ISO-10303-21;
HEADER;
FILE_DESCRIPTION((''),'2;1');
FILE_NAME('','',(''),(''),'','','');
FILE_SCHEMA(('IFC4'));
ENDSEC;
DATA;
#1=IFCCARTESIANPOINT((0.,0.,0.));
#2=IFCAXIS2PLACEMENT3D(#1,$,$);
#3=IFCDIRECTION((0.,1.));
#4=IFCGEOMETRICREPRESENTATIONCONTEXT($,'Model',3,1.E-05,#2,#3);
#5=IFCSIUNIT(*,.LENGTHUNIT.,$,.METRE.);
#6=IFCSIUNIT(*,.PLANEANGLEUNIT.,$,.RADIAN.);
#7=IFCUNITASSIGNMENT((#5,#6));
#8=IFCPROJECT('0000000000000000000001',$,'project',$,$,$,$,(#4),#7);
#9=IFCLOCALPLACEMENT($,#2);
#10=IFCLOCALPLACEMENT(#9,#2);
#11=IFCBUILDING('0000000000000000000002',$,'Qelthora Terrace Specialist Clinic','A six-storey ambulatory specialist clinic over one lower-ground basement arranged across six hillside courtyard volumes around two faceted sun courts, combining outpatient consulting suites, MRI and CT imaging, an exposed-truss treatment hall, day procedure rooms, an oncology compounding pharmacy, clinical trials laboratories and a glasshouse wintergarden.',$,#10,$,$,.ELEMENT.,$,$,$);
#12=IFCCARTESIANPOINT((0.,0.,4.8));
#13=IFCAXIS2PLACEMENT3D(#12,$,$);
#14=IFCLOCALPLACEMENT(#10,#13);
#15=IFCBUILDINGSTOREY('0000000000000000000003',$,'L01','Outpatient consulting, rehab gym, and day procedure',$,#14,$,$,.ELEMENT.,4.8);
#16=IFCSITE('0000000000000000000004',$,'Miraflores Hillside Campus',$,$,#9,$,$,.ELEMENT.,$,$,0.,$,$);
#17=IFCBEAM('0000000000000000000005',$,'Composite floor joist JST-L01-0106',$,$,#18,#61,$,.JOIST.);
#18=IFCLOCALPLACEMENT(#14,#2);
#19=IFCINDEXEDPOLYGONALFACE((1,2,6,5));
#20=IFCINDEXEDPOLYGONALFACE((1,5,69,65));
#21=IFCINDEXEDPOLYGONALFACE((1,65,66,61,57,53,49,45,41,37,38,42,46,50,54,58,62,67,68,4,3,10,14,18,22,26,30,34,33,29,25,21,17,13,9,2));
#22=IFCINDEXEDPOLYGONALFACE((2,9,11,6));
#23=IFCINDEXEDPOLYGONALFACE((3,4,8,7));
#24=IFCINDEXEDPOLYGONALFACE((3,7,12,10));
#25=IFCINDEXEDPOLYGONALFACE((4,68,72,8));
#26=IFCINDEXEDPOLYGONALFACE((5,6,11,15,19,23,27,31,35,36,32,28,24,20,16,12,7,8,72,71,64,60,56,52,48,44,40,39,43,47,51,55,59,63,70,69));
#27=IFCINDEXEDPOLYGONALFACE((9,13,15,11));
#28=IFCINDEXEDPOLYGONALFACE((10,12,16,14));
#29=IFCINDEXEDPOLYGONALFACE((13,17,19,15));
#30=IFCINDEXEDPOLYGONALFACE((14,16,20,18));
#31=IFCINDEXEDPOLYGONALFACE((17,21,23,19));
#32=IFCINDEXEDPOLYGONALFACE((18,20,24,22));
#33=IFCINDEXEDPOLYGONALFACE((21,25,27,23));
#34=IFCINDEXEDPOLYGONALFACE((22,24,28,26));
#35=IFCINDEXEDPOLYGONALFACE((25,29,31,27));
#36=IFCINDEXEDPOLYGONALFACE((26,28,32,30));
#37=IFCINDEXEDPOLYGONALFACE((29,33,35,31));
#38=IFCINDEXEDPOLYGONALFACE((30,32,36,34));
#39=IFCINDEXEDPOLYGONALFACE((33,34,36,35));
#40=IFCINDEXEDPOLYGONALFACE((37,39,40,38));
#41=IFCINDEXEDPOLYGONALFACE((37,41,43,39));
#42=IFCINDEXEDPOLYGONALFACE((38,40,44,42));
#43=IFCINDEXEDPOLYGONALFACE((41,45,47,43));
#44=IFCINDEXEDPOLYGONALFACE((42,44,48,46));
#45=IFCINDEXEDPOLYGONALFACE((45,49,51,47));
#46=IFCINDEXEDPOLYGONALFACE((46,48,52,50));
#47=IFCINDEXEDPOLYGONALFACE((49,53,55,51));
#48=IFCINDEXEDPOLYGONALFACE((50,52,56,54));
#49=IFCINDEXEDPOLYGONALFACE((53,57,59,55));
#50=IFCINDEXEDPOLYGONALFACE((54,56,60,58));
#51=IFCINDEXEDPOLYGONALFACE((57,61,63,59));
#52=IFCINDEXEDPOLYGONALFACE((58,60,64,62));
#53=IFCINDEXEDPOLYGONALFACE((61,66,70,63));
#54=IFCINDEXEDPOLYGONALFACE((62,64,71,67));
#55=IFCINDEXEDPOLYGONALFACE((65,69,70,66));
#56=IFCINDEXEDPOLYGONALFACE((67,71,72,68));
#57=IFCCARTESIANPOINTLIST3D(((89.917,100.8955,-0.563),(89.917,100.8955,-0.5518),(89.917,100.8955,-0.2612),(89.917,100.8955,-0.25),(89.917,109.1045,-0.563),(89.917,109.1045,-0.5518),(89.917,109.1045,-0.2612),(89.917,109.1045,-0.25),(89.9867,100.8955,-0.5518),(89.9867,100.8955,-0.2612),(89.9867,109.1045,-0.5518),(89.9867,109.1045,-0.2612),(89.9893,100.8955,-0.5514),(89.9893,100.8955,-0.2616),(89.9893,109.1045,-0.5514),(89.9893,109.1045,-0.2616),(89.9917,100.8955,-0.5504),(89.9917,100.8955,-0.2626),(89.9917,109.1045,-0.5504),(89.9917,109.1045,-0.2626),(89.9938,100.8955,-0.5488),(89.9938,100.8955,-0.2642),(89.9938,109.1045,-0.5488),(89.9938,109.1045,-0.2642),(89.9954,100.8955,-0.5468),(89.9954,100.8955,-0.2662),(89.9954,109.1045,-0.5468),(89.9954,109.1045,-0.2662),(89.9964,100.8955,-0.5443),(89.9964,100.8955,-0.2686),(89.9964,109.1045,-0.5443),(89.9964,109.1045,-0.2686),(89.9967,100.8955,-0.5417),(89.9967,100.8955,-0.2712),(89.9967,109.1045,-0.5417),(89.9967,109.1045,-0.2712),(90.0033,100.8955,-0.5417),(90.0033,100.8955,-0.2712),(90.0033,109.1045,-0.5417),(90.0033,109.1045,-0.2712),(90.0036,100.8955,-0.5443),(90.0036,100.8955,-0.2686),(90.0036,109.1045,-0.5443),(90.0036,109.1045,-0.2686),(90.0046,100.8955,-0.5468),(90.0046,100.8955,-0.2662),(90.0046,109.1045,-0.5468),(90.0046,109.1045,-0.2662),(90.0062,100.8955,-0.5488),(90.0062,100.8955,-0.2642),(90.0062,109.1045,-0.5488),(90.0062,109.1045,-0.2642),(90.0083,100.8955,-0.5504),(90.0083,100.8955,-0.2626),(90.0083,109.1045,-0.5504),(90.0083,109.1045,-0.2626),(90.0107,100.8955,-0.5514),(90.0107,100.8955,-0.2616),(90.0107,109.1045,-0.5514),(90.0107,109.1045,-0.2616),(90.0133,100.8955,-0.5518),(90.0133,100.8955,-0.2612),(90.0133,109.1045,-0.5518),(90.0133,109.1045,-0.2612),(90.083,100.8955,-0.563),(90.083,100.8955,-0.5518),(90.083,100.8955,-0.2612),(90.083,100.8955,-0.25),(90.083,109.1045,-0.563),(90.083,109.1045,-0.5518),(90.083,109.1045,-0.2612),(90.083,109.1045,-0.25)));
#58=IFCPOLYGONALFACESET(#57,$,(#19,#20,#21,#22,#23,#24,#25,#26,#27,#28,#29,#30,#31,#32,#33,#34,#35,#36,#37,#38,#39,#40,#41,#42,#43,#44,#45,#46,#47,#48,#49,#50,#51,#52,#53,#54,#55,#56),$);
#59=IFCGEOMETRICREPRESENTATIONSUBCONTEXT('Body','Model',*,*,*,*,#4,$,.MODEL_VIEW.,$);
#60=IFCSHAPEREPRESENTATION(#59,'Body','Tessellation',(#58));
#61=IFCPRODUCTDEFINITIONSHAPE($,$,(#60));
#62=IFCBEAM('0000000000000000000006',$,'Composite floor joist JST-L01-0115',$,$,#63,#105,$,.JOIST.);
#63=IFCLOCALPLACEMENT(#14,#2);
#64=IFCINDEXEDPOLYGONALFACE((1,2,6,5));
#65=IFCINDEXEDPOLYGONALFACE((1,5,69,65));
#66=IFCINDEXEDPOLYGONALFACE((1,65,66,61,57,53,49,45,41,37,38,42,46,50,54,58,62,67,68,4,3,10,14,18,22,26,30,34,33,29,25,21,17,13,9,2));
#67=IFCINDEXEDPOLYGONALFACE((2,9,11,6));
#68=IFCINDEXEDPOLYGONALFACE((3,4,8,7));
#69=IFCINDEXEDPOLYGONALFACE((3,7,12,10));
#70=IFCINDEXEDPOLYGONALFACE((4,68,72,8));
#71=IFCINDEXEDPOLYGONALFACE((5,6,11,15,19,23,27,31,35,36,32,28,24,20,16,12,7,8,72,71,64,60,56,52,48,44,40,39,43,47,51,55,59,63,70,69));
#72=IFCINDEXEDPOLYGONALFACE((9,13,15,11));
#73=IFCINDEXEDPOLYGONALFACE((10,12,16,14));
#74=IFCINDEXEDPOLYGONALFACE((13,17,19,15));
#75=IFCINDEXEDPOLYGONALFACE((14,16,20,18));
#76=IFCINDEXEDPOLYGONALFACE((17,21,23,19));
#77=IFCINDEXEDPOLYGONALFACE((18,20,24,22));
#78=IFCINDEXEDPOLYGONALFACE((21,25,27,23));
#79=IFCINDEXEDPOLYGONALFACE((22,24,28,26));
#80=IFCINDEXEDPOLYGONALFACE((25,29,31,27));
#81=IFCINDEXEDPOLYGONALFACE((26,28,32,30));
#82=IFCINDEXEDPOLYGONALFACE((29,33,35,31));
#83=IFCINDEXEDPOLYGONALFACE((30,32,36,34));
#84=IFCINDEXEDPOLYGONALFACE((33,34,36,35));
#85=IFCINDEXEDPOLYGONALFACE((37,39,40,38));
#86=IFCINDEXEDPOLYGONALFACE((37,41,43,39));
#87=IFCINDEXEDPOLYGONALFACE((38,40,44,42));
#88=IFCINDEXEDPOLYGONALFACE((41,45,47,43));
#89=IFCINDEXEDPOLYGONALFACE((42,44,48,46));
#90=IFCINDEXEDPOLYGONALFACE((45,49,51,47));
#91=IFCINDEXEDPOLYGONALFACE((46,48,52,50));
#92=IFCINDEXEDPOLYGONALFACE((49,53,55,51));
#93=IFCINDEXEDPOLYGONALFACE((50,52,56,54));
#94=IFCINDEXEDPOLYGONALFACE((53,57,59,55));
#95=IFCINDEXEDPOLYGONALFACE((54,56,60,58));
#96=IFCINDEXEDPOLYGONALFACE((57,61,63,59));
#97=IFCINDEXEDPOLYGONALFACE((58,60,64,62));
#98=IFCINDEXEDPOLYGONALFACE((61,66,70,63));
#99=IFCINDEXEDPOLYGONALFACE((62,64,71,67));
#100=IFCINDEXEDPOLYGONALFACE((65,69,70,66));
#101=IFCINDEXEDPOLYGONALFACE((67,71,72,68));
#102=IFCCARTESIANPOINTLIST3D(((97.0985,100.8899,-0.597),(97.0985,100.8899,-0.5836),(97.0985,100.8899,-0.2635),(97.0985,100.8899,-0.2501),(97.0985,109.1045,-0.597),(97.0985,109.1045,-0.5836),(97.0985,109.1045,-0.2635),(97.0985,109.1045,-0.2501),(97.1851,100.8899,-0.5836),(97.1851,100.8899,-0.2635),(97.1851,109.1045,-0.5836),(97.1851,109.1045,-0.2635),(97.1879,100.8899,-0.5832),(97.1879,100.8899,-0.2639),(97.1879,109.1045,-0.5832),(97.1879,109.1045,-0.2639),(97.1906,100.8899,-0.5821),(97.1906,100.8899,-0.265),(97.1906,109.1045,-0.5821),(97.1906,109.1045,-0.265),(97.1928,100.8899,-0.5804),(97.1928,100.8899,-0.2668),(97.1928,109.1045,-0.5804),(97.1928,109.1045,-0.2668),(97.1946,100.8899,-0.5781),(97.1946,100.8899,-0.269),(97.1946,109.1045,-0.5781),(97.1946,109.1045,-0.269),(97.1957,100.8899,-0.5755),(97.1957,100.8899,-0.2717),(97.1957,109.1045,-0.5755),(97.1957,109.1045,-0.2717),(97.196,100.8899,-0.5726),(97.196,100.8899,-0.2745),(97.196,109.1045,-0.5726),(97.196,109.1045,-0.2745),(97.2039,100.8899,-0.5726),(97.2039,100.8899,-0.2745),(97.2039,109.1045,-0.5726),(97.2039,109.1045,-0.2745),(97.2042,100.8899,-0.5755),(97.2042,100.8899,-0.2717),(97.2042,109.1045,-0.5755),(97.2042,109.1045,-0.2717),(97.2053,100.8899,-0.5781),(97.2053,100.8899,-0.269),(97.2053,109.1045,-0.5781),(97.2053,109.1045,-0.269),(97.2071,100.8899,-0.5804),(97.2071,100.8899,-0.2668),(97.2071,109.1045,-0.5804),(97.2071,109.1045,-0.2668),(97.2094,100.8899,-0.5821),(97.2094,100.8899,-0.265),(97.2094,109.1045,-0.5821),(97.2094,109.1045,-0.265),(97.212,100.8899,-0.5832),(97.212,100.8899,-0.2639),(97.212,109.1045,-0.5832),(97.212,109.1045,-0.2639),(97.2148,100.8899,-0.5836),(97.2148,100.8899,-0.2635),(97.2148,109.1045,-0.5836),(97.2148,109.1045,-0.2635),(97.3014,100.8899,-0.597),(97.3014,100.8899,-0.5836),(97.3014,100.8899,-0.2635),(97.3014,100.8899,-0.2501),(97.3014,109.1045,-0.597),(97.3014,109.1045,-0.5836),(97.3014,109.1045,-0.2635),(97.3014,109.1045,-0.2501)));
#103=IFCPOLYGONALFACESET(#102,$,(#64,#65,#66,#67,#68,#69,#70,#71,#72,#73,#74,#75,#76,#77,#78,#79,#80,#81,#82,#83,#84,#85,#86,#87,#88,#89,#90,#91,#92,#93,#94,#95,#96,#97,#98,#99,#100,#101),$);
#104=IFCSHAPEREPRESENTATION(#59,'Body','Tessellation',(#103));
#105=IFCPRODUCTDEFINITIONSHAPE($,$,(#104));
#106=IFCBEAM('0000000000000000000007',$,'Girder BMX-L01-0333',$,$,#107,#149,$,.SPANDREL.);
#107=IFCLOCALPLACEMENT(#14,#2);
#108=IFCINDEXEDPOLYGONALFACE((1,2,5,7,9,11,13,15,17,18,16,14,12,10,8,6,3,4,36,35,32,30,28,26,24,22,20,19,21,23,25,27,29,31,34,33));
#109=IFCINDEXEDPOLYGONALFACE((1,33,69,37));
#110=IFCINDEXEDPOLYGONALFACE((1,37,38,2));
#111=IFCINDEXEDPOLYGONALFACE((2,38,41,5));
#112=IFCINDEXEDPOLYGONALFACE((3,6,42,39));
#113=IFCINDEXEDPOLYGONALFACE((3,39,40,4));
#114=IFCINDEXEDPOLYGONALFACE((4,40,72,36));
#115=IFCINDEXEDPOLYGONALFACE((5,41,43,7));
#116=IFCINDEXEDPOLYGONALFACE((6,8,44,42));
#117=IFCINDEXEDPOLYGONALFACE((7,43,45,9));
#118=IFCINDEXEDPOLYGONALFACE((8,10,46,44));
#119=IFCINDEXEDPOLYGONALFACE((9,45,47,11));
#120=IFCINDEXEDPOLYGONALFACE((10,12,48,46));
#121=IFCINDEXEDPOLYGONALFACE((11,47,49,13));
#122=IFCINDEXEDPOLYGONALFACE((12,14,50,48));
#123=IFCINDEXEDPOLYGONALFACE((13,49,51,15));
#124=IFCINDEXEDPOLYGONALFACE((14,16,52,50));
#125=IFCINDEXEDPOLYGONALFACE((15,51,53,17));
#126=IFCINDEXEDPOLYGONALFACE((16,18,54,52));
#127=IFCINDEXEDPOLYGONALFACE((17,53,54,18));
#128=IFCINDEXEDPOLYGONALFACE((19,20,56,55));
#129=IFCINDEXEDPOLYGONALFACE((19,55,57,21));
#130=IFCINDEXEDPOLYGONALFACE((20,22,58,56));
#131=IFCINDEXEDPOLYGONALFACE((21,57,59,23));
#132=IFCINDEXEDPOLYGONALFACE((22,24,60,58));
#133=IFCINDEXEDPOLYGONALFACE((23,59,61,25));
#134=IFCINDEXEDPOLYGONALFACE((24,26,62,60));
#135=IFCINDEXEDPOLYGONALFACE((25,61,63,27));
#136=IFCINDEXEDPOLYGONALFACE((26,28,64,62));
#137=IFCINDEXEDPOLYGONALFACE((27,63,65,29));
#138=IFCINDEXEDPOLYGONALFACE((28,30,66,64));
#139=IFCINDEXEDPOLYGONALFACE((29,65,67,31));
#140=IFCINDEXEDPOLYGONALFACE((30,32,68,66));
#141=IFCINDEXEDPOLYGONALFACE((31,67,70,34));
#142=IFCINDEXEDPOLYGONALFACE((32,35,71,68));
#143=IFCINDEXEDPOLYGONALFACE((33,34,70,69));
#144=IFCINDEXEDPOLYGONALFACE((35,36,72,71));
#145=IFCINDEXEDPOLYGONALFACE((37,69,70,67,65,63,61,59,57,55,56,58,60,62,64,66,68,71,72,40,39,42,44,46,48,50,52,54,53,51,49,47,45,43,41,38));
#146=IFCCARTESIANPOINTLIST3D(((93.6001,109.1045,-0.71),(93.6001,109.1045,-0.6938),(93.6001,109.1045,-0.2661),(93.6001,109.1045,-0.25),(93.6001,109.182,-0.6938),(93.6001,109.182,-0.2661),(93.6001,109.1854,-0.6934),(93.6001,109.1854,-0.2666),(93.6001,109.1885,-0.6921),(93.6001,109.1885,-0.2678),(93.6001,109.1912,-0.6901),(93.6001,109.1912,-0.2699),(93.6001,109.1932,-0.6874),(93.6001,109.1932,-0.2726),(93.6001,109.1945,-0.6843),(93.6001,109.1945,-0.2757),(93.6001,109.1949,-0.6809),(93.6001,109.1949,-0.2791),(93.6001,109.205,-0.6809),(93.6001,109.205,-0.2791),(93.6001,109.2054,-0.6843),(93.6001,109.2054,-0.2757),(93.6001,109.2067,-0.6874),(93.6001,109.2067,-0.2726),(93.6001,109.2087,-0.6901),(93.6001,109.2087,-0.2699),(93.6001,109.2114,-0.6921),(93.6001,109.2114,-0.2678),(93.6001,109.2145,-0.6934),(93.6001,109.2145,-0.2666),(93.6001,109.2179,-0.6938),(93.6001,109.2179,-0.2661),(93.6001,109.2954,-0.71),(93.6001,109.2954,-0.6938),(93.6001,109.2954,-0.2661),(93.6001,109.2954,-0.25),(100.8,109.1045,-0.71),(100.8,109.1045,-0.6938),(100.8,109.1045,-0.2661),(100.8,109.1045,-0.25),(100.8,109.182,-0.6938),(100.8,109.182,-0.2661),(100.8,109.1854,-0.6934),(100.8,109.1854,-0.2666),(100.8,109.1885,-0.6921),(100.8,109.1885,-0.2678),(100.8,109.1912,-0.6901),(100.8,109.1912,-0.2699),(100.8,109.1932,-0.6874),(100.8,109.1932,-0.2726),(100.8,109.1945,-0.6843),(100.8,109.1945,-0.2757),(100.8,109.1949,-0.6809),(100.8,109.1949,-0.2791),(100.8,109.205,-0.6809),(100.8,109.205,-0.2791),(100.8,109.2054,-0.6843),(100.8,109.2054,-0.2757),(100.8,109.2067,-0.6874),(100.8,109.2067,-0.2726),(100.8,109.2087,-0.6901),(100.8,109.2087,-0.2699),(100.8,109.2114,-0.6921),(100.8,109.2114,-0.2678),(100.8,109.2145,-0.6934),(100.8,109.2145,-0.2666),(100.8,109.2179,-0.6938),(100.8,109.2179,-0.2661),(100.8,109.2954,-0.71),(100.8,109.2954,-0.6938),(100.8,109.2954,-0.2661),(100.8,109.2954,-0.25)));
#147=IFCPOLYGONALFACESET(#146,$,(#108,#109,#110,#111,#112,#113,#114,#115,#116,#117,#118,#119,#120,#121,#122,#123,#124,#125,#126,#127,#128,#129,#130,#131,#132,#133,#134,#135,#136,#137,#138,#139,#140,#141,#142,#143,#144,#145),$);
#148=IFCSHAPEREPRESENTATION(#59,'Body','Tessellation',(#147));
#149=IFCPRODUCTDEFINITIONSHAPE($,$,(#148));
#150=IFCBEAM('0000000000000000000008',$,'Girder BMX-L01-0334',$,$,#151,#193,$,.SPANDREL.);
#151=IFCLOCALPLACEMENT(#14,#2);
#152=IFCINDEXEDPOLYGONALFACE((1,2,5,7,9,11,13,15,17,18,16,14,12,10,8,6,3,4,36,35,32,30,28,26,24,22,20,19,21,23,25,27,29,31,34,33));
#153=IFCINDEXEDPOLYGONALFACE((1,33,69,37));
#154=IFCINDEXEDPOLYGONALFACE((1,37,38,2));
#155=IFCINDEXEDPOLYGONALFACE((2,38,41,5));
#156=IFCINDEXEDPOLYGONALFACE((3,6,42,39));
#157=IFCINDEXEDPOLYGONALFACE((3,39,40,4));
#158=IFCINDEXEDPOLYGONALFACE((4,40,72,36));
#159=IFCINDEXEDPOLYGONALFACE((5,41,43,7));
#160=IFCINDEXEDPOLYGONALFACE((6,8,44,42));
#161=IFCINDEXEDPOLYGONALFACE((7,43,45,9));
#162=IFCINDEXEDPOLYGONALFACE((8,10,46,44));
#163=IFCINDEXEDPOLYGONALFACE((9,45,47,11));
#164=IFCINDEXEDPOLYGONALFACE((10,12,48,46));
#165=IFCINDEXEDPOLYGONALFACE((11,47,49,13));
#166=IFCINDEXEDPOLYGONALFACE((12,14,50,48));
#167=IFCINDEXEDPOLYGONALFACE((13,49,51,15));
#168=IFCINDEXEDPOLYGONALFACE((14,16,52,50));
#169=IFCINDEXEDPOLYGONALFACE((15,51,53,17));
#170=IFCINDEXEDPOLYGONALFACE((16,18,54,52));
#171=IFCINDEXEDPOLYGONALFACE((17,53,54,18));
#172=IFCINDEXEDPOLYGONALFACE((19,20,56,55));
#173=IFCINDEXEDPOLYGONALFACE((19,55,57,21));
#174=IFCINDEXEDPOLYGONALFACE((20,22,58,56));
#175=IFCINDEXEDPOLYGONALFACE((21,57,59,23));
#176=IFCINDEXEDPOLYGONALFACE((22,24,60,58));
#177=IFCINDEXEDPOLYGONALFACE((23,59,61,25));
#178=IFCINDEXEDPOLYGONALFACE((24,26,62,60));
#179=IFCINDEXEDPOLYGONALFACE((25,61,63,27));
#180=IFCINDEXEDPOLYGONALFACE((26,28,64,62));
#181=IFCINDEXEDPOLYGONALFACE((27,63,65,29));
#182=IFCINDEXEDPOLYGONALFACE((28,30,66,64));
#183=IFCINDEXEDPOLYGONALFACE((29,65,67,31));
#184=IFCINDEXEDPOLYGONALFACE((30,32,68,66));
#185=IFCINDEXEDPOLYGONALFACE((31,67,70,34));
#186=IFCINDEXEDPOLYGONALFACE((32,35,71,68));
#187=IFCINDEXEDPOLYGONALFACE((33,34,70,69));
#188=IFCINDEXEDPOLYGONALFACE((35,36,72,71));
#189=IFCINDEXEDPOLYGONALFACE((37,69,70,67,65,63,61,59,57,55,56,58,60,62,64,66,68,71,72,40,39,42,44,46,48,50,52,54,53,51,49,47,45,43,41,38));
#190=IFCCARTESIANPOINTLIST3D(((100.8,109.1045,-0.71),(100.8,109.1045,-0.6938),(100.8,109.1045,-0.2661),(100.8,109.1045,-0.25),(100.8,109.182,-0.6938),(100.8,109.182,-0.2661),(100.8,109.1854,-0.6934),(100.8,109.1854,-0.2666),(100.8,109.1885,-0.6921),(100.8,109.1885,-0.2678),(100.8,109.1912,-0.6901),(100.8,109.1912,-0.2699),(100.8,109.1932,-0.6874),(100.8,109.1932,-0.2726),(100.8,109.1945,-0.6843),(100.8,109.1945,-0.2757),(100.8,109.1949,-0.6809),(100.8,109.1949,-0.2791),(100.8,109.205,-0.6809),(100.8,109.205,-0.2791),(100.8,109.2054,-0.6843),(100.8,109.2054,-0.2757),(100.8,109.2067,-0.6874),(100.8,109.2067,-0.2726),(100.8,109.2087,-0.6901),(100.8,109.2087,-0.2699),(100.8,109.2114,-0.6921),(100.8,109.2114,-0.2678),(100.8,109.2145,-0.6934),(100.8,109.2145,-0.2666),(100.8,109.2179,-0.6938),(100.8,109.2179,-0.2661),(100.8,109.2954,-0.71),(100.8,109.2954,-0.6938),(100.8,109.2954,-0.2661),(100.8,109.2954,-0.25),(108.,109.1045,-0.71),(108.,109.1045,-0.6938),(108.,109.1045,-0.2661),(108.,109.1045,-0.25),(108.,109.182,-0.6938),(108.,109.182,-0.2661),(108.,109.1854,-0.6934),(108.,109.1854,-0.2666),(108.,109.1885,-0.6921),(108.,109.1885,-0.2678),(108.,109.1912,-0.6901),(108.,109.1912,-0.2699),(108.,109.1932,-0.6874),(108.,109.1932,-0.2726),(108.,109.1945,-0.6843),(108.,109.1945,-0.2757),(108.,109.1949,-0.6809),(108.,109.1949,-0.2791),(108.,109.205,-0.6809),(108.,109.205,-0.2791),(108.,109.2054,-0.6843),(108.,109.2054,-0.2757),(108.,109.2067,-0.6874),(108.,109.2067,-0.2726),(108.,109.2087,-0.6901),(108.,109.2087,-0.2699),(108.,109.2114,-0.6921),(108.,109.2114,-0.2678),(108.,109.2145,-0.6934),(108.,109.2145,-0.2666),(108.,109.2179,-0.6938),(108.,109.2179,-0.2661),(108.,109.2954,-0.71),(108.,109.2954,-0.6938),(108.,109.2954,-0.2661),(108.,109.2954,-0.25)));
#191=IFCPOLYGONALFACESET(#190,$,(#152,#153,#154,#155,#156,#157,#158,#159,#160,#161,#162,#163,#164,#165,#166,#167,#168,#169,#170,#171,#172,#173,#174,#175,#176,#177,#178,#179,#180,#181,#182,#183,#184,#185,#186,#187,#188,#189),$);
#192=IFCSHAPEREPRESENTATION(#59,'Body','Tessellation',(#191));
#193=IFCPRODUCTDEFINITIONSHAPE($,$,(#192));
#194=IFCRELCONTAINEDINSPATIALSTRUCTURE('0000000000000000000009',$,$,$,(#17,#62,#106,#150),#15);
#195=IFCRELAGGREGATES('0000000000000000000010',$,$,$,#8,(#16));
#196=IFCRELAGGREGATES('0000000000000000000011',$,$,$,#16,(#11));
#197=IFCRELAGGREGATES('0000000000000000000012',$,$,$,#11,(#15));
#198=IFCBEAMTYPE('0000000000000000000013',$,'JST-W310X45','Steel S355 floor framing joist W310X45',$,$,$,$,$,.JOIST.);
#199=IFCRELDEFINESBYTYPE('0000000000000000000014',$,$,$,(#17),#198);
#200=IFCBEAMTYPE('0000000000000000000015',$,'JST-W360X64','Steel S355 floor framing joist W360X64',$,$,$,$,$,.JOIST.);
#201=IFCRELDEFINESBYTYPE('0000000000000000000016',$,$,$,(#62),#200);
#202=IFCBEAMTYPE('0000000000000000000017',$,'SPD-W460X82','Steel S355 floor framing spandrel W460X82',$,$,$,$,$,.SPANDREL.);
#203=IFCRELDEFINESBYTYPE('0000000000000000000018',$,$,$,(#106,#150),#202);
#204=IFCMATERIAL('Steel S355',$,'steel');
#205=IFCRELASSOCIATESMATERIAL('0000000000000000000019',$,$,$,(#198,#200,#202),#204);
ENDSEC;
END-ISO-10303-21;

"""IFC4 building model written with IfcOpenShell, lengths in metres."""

from ifc_helpers import new_model, si_unit, direction, frame, origin, origin_2d, place, context, subcontext, project, spatial, i_section, extrude, material, material_profile, profile_set, type_object, element, save


model = new_model("IFC4")

# Units and contexts
model_context = context("Model", 3, precision=1e-05, world=origin(), true_north=direction((0.0, 1.0)))
body_context = subcontext(model_context, "Body", "Model", "MODEL_VIEW")
ifc_project = project(units=[si_unit("LENGTHUNIT", "METRE"), si_unit("PLANEANGLEUNIT", "RADIAN")], contexts=[model_context])

# Site, building, storey
site_placement = place(None, origin())
site = spatial("IfcSite", under=ifc_project, at=site_placement, Name="Miraflores Hillside Campus", CompositionType="ELEMENT", RefElevation=0.0)
building_placement = place(site_placement, origin())
building = spatial("IfcBuilding", under=site, at=building_placement, Name="Qelthora Terrace Specialist Clinic", Description="A six-storey ambulatory specialist clinic over one lower-ground basement arranged across six hillside courtyard volumes around two faceted sun courts, combining outpatient consulting suites, MRI and CT imaging, an exposed-truss treatment hall, day procedure rooms, an oncology compounding pharmacy, clinical trials laboratories and a glasshouse wintergarden.", CompositionType="ELEMENT")
storey_placement = place(building_placement, frame((0.0, 0.0, 4.8)))
storey = spatial("IfcBuildingStorey", under=building, at=storey_placement, Name="L01", Description="Outpatient consulting, rehab gym, and day procedure", CompositionType="ELEMENT", Elevation=4.8)

# Shared definitions
ifc_material_1 = material(Name="Steel S355", Category="steel")

# Beams
ifc_material_profile_1 = material_profile(ifc_material_1, i_section(OverallWidth=0.166, OverallDepth=0.313, WebThickness=0.0066, FlangeThickness=0.0112, FilletRadius=0.01, at=origin_2d()), Name="W310X45")
ifc_profile_set_1 = profile_set([ifc_material_profile_1], Name="Steel S355")
beam_type_1 = type_object("IfcBeamType", Name="JST-W310X45", Description="Steel S355 floor framing joist W310X45", PredefinedType="JOIST", material=ifc_profile_set_1)
beam_1_placement = place(storey_placement, frame((90.0, 100.8955, -0.4065), z_axis=(0.0, 1.0, 0.0), x_axis=(-1.0, 0.0, 0.0)))
element("IfcBeam", 1, at=beam_1_placement, inside=storey, type_object=beam_type_1, Name="Composite floor joist JST-L01-0106", PredefinedType="JOIST", context=body_context, shape_type="SweptSolid", body=[
    extrude(i_section(OverallWidth=0.166, OverallDepth=0.313, WebThickness=0.0066, FlangeThickness=0.0112, FilletRadius=0.01, at=origin_2d()), origin(), (0.0, 0.0, 1.0), 8.209),
])
ifc_material_profile_2 = material_profile(ifc_material_1, i_section(OverallWidth=0.2029, OverallDepth=0.3469, WebThickness=0.0078, FlangeThickness=0.0134, FilletRadius=0.011, at=origin_2d()), Name="W360X64")
ifc_profile_set_2 = profile_set([ifc_material_profile_2], Name="Steel S355")
beam_type_2 = type_object("IfcBeamType", Name="JST-W360X64", Description="Steel S355 floor framing joist W360X64", PredefinedType="JOIST", material=ifc_profile_set_2)
beam_2_placement = place(storey_placement, frame((97.2, 100.8899, -0.4236), z_axis=(0.0, 1.0, 0.0), x_axis=(-1.0, 0.0, 0.0)))
element("IfcBeam", 2, at=beam_2_placement, inside=storey, type_object=beam_type_2, Name="Composite floor joist JST-L01-0115", PredefinedType="JOIST", context=body_context, shape_type="SweptSolid", body=[
    extrude(i_section(OverallWidth=0.2029, OverallDepth=0.3469, WebThickness=0.0078, FlangeThickness=0.0134, FilletRadius=0.011, at=origin_2d()), origin(), (0.0, 0.0, 1.0), 8.2146),
])
ifc_material_profile_3 = material_profile(ifc_material_1, i_section(OverallWidth=0.1909, OverallDepth=0.46, WebThickness=0.01, FlangeThickness=0.0161, FilletRadius=0.0129, at=origin_2d()), Name="W460X82")
ifc_profile_set_3 = profile_set([ifc_material_profile_3], Name="Steel S355")
beam_type_3 = type_object("IfcBeamType", Name="SPD-W460X82", Description="Steel S355 floor framing spandrel W460X82", PredefinedType="SPANDREL", material=ifc_profile_set_3)
for number, where, z_axis, x_axis, name in (
    (3, (93.6001, 109.2, -0.48), (1.0, 0.0, 0.0), (0.0, 1.0, 0.0), "Girder BMX-L01-0333"),
    (4, (100.8, 109.2, -0.48), (1.0, 0.0, 0.0), (0.0, 1.0, 0.0), "Girder BMX-L01-0334"),
):
    element("IfcBeam", number, at=place(storey_placement, frame(where, z_axis=z_axis, x_axis=x_axis)), inside=storey, type_object=beam_type_3, Name=name, PredefinedType="SPANDREL", context=body_context, shape_type="SweptSolid", body=[
        extrude(i_section(OverallWidth=0.1909, OverallDepth=0.46, WebThickness=0.01, FlangeThickness=0.0161, FilletRadius=0.0129, at=origin_2d()), origin(), (0.0, 0.0, 1.0), 7.2),
    ])

save(model, "model.ifc")
